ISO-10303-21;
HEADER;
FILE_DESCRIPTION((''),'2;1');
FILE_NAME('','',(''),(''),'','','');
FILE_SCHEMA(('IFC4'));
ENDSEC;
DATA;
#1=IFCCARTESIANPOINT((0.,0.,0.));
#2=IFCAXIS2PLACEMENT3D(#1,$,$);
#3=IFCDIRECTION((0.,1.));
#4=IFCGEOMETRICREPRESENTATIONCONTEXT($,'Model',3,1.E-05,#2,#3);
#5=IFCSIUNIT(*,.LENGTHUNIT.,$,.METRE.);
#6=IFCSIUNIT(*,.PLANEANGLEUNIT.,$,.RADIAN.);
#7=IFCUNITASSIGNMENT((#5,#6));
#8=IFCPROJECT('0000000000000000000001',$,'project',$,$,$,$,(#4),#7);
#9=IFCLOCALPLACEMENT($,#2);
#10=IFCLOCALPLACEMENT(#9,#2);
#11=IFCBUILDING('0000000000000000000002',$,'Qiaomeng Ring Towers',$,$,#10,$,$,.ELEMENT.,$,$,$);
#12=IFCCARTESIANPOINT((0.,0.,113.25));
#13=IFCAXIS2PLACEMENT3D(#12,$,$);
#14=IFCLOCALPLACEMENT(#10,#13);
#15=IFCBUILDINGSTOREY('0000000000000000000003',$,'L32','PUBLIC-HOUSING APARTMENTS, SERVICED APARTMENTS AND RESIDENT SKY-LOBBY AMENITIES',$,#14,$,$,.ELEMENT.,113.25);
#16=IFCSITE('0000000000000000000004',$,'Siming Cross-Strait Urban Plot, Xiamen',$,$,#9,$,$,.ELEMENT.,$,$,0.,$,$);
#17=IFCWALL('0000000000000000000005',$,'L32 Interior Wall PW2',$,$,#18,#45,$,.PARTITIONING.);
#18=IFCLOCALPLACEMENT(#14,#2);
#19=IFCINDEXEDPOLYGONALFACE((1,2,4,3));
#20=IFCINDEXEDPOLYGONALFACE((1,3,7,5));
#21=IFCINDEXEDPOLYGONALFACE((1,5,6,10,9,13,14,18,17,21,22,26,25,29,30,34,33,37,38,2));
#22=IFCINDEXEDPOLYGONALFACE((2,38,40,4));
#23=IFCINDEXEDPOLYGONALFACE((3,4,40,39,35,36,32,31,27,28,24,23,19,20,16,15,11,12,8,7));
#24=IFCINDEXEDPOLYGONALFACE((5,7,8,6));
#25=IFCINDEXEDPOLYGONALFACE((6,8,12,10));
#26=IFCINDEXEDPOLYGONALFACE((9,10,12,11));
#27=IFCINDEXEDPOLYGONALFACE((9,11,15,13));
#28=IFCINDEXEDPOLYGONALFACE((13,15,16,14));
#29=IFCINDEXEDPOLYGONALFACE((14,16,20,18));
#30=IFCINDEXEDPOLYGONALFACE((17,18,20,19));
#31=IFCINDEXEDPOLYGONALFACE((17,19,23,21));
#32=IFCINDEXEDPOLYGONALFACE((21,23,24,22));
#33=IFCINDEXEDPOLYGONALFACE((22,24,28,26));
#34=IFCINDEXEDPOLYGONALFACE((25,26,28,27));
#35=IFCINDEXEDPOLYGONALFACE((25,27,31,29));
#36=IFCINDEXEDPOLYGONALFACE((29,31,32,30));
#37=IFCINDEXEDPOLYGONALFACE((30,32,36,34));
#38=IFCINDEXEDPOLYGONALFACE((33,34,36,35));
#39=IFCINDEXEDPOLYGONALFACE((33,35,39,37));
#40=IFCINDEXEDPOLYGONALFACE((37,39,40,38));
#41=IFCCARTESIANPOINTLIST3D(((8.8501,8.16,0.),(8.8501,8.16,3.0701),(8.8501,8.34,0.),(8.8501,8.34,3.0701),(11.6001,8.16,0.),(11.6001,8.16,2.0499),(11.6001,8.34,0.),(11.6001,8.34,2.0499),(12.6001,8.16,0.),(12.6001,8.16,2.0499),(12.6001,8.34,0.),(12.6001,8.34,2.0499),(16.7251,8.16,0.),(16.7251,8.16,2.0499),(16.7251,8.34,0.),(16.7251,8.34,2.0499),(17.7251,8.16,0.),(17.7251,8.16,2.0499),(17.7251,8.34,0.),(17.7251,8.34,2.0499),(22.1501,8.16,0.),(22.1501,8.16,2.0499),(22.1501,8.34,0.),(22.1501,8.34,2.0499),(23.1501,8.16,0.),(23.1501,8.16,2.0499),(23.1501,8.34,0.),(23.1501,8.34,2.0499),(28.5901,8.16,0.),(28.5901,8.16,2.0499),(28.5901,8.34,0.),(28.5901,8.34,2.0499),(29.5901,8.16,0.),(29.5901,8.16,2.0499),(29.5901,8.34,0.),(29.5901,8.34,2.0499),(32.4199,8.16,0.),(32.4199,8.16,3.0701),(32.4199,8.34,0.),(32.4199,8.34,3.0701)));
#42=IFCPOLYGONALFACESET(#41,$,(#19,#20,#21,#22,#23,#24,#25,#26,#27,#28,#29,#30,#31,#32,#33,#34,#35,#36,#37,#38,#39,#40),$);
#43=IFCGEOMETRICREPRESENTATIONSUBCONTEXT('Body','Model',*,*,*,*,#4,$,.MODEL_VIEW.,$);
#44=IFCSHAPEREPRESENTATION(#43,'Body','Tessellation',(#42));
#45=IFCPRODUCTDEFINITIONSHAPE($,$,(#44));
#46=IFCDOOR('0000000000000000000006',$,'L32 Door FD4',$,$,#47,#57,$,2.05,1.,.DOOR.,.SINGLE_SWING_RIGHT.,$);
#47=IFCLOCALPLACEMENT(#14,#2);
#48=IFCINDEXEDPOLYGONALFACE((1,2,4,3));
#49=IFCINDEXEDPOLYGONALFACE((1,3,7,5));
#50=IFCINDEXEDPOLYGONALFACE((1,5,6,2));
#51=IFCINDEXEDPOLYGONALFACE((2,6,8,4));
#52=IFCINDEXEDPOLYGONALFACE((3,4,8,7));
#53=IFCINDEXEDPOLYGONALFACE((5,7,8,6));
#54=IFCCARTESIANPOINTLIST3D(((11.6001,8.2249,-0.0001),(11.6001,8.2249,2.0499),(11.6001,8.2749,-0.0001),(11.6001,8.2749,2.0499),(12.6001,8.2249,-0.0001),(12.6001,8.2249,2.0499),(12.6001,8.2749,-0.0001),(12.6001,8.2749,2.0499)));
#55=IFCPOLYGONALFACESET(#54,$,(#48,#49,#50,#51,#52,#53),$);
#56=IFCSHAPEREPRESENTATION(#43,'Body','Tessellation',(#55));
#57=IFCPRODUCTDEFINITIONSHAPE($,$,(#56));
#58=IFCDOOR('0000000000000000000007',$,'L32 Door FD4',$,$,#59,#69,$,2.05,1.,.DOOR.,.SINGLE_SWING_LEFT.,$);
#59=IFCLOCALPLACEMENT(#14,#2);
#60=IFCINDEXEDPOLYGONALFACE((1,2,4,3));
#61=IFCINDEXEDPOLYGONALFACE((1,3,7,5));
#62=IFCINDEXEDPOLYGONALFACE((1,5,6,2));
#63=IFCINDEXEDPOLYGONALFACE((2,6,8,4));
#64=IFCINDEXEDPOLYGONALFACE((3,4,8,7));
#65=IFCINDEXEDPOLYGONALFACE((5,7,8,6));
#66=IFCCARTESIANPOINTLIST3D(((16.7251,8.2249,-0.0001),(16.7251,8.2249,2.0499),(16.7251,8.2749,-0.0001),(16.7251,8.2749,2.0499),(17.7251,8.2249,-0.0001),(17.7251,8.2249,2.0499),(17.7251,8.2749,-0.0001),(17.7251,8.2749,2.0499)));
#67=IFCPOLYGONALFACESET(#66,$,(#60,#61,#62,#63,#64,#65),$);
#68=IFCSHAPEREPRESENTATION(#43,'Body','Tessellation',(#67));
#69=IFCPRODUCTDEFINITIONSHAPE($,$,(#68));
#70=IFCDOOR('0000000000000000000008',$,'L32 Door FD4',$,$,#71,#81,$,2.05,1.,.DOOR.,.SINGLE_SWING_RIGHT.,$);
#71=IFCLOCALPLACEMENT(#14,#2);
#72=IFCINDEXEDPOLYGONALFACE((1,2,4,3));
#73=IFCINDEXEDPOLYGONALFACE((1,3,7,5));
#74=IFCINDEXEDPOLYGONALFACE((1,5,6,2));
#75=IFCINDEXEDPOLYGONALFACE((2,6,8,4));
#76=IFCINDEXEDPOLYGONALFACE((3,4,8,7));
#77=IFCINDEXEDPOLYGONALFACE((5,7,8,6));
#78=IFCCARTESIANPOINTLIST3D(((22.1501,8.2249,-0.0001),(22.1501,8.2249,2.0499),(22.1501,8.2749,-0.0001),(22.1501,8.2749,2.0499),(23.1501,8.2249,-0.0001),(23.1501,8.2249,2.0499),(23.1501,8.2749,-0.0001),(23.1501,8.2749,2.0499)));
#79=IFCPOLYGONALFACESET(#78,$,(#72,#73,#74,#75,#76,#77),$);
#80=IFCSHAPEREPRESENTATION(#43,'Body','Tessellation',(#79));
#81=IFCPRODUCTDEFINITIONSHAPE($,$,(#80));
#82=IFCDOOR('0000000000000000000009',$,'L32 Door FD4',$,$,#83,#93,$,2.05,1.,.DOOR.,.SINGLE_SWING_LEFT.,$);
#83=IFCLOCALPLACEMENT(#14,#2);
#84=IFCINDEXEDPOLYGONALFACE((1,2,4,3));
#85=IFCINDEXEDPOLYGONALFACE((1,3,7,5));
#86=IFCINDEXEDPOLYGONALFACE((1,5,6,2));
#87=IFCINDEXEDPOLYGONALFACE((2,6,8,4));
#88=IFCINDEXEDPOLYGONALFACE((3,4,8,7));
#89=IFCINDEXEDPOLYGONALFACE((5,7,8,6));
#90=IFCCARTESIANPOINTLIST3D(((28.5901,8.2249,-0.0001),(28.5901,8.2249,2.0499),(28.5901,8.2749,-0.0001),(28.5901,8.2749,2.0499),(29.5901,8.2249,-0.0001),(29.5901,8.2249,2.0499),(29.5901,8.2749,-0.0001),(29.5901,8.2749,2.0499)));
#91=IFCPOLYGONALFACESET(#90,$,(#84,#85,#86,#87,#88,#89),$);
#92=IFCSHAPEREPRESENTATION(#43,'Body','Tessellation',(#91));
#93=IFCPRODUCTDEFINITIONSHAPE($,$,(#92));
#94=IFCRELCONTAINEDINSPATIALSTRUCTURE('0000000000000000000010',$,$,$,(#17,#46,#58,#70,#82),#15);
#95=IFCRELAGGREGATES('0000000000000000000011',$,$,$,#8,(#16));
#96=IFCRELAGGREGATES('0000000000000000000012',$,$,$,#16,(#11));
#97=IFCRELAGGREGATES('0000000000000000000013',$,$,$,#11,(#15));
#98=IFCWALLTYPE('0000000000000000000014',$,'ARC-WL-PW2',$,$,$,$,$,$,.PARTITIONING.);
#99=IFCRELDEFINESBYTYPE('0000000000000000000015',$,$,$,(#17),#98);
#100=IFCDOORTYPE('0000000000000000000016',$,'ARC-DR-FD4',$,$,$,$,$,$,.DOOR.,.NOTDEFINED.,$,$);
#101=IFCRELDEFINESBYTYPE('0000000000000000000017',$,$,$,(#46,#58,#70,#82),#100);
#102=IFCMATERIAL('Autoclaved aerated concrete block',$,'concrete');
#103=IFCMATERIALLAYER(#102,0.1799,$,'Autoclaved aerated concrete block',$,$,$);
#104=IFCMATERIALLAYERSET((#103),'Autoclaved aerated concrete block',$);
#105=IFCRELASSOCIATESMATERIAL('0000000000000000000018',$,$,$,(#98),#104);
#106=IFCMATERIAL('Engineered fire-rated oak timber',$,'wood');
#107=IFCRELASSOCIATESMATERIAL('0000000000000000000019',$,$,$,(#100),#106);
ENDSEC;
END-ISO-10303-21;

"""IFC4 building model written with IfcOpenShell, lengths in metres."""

from ifc_helpers import new_model, si_unit, direction, frame, frame_2d, origin, place, context, subcontext, project, spatial, rectangle, extrude, source, transform, mapped, material, layer, layer_set, type_object, element, fill, save


model = new_model("IFC4")

# Units and contexts
model_context = context("Model", 3, precision=1e-05, world=origin(), true_north=direction((0.0, 1.0)))
body_context = subcontext(model_context, "Body", "Model", "MODEL_VIEW")
ifc_project = project(units=[si_unit("LENGTHUNIT", "METRE"), si_unit("PLANEANGLEUNIT", "RADIAN")], contexts=[model_context])

# Site, building, storey
site_placement = place(None, origin())
site = spatial("IfcSite", under=ifc_project, at=site_placement, Name="Siming Cross-Strait Urban Plot, Xiamen", CompositionType="ELEMENT", RefElevation=0.0)
building_placement = place(site_placement, origin())
building = spatial("IfcBuilding", under=site, at=building_placement, Name="Qiaomeng Ring Towers", CompositionType="ELEMENT")
storey_placement = place(building_placement, frame((0.0, 0.0, 113.25)))
storey = spatial("IfcBuildingStorey", under=building, at=storey_placement, Name="L32", Description="PUBLIC-HOUSING APARTMENTS, SERVICED APARTMENTS AND RESIDENT SKY-LOBBY AMENITIES", CompositionType="ELEMENT", Elevation=113.25)

# Wall, openings, doors
ifc_material_1 = material(Name="Autoclaved aerated concrete block", Category="concrete")
ifc_layer_1 = layer(ifc_material_1, 0.1799, Name="Autoclaved aerated concrete block")
ifc_layer_set_1 = layer_set([ifc_layer_1], Name="Autoclaved aerated concrete block")
wall_type_1 = type_object("IfcWallType", Name="ARC-WL-PW2", PredefinedType="PARTITIONING", material=ifc_layer_set_1)
wall_1_placement = place(storey_placement, frame((8.8501, 8.25, 0.0), z_axis=(0.0, 0.0, 1.0), x_axis=(1.0, 0.0, 0.0)))
wall_1 = element("IfcWall", 1, at=wall_1_placement, inside=storey, type_object=wall_type_1, Name="L32 Interior Wall PW2", PredefinedType="PARTITIONING", context=body_context, shape_type="SweptSolid", body=[
    extrude(rectangle(XDim=23.5698, YDim=0.1799, at=frame_2d((11.7849, 0.0))), origin(), (0.0, 0.0, 1.0), 3.0701),
])
opening_1_placement = place(wall_1_placement, frame((2.75, 0.0, 0.0)))
opening_1 = element("IfcOpeningElement", 2, at=opening_1_placement, cuts=wall_1, PredefinedType="OPENING", context=body_context, shape_type="SweptSolid", body=[
    extrude(rectangle(XDim=1.0, YDim=2.05, at=frame_2d((0.5, 1.0249))), frame((0.0, 0.0999, 0.0), z_axis=(0.0, -1.0, 0.0), x_axis=(1.0, 0.0, 0.0)), (0.0, 0.0, 1.0), 0.2),
])
opening_2_placement = place(wall_1_placement, frame((7.875, 0.0, 0.0)))
opening_2 = element("IfcOpeningElement", 3, at=opening_2_placement, cuts=wall_1, PredefinedType="OPENING", context=body_context, shape_type="SweptSolid", body=[
    extrude(rectangle(XDim=1.0, YDim=2.05, at=frame_2d((0.5, 1.0249))), frame((0.0, 0.0999, 0.0), z_axis=(0.0, -1.0, 0.0), x_axis=(1.0, 0.0, 0.0)), (0.0, 0.0, 1.0), 0.2),
])
opening_3_placement = place(wall_1_placement, frame((13.3, 0.0, 0.0)))
opening_3 = element("IfcOpeningElement", 4, at=opening_3_placement, cuts=wall_1, PredefinedType="OPENING", context=body_context, shape_type="SweptSolid", body=[
    extrude(rectangle(XDim=1.0, YDim=2.05, at=frame_2d((0.5, 1.0249))), frame((0.0, 0.0999, 0.0), z_axis=(0.0, -1.0, 0.0), x_axis=(1.0, 0.0, 0.0)), (0.0, 0.0, 1.0), 0.2),
])
opening_4_placement = place(wall_1_placement, frame((19.74, 0.0, 0.0)))
opening_4 = element("IfcOpeningElement", 5, at=opening_4_placement, cuts=wall_1, PredefinedType="OPENING", context=body_context, shape_type="SweptSolid", body=[
    extrude(rectangle(XDim=1.0, YDim=2.05, at=frame_2d((0.5, 1.0249))), frame((0.0, 0.0999, 0.0), z_axis=(0.0, -1.0, 0.0), x_axis=(1.0, 0.0, 0.0)), (0.0, 0.0, 1.0), 0.2),
])
ifc_material_2 = material(Name="Engineered fire-rated oak timber", Category="wood")
door_type_1 = type_object("IfcDoorType", Name="ARC-DR-FD4", OperationType="NOTDEFINED", PredefinedType="DOOR", material=ifc_material_2)
shared_shape_1 = source(origin(), body_context, "Body", "SweptSolid", [
    extrude(rectangle(XDim=1.0, YDim=2.05, at=frame_2d((0.5, 1.0249))), frame((0.0, 0.0249, 0.0), z_axis=(0.0, -1.0, 0.0), x_axis=(1.0, 0.0, 0.0)), (0.0, 0.0, 1.0), 0.05),
])
door_1_placement = place(opening_1_placement, origin())
door_1 = element("IfcDoor", 6, at=door_1_placement, inside=storey, type_object=door_type_1, Name="L32 Door FD4", OperationType="SINGLE_SWING_RIGHT", OverallHeight=2.05, OverallWidth=1.0, PredefinedType="DOOR", context=body_context, shape_type="MappedRepresentation", body=[
    mapped(shared_shape_1, transform((0.0, 0.0, 0.0), x_axis=(1.0, 0.0, 0.0), y_axis=(0.0, 1.0, 0.0), z_axis=(0.0, 0.0, 1.0), scale=1.0)),
])
fill(opening_1, door_1)
door_2_placement = place(opening_2_placement, origin())
door_2 = element("IfcDoor", 7, at=door_2_placement, inside=storey, type_object=door_type_1, Name="L32 Door FD4", OperationType="SINGLE_SWING_LEFT", OverallHeight=2.05, OverallWidth=1.0, PredefinedType="DOOR", context=body_context, shape_type="MappedRepresentation", body=[
    mapped(shared_shape_1, transform((0.0, 0.0, 0.0), x_axis=(1.0, 0.0, 0.0), y_axis=(0.0, 1.0, 0.0), z_axis=(0.0, 0.0, 1.0), scale=1.0)),
])
fill(opening_2, door_2)
door_3_placement = place(opening_3_placement, origin())
door_3 = element("IfcDoor", 8, at=door_3_placement, inside=storey, type_object=door_type_1, Name="L32 Door FD4", OperationType="SINGLE_SWING_RIGHT", OverallHeight=2.05, OverallWidth=1.0, PredefinedType="DOOR", context=body_context, shape_type="MappedRepresentation", body=[
    mapped(shared_shape_1, transform((0.0, 0.0, 0.0), x_axis=(1.0, 0.0, 0.0), y_axis=(0.0, 1.0, 0.0), z_axis=(0.0, 0.0, 1.0), scale=1.0)),
])
fill(opening_3, door_3)
door_4_placement = place(opening_4_placement, origin())
door_4 = element("IfcDoor", 9, at=door_4_placement, inside=storey, type_object=door_type_1, Name="L32 Door FD4", OperationType="SINGLE_SWING_LEFT", OverallHeight=2.05, OverallWidth=1.0, PredefinedType="DOOR", context=body_context, shape_type="MappedRepresentation", body=[
    mapped(shared_shape_1, transform((0.0, 0.0, 0.0), x_axis=(1.0, 0.0, 0.0), y_axis=(0.0, 1.0, 0.0), z_axis=(0.0, 0.0, 1.0), scale=1.0)),
])
fill(opening_4, door_4)

save(model, "model.ifc")
